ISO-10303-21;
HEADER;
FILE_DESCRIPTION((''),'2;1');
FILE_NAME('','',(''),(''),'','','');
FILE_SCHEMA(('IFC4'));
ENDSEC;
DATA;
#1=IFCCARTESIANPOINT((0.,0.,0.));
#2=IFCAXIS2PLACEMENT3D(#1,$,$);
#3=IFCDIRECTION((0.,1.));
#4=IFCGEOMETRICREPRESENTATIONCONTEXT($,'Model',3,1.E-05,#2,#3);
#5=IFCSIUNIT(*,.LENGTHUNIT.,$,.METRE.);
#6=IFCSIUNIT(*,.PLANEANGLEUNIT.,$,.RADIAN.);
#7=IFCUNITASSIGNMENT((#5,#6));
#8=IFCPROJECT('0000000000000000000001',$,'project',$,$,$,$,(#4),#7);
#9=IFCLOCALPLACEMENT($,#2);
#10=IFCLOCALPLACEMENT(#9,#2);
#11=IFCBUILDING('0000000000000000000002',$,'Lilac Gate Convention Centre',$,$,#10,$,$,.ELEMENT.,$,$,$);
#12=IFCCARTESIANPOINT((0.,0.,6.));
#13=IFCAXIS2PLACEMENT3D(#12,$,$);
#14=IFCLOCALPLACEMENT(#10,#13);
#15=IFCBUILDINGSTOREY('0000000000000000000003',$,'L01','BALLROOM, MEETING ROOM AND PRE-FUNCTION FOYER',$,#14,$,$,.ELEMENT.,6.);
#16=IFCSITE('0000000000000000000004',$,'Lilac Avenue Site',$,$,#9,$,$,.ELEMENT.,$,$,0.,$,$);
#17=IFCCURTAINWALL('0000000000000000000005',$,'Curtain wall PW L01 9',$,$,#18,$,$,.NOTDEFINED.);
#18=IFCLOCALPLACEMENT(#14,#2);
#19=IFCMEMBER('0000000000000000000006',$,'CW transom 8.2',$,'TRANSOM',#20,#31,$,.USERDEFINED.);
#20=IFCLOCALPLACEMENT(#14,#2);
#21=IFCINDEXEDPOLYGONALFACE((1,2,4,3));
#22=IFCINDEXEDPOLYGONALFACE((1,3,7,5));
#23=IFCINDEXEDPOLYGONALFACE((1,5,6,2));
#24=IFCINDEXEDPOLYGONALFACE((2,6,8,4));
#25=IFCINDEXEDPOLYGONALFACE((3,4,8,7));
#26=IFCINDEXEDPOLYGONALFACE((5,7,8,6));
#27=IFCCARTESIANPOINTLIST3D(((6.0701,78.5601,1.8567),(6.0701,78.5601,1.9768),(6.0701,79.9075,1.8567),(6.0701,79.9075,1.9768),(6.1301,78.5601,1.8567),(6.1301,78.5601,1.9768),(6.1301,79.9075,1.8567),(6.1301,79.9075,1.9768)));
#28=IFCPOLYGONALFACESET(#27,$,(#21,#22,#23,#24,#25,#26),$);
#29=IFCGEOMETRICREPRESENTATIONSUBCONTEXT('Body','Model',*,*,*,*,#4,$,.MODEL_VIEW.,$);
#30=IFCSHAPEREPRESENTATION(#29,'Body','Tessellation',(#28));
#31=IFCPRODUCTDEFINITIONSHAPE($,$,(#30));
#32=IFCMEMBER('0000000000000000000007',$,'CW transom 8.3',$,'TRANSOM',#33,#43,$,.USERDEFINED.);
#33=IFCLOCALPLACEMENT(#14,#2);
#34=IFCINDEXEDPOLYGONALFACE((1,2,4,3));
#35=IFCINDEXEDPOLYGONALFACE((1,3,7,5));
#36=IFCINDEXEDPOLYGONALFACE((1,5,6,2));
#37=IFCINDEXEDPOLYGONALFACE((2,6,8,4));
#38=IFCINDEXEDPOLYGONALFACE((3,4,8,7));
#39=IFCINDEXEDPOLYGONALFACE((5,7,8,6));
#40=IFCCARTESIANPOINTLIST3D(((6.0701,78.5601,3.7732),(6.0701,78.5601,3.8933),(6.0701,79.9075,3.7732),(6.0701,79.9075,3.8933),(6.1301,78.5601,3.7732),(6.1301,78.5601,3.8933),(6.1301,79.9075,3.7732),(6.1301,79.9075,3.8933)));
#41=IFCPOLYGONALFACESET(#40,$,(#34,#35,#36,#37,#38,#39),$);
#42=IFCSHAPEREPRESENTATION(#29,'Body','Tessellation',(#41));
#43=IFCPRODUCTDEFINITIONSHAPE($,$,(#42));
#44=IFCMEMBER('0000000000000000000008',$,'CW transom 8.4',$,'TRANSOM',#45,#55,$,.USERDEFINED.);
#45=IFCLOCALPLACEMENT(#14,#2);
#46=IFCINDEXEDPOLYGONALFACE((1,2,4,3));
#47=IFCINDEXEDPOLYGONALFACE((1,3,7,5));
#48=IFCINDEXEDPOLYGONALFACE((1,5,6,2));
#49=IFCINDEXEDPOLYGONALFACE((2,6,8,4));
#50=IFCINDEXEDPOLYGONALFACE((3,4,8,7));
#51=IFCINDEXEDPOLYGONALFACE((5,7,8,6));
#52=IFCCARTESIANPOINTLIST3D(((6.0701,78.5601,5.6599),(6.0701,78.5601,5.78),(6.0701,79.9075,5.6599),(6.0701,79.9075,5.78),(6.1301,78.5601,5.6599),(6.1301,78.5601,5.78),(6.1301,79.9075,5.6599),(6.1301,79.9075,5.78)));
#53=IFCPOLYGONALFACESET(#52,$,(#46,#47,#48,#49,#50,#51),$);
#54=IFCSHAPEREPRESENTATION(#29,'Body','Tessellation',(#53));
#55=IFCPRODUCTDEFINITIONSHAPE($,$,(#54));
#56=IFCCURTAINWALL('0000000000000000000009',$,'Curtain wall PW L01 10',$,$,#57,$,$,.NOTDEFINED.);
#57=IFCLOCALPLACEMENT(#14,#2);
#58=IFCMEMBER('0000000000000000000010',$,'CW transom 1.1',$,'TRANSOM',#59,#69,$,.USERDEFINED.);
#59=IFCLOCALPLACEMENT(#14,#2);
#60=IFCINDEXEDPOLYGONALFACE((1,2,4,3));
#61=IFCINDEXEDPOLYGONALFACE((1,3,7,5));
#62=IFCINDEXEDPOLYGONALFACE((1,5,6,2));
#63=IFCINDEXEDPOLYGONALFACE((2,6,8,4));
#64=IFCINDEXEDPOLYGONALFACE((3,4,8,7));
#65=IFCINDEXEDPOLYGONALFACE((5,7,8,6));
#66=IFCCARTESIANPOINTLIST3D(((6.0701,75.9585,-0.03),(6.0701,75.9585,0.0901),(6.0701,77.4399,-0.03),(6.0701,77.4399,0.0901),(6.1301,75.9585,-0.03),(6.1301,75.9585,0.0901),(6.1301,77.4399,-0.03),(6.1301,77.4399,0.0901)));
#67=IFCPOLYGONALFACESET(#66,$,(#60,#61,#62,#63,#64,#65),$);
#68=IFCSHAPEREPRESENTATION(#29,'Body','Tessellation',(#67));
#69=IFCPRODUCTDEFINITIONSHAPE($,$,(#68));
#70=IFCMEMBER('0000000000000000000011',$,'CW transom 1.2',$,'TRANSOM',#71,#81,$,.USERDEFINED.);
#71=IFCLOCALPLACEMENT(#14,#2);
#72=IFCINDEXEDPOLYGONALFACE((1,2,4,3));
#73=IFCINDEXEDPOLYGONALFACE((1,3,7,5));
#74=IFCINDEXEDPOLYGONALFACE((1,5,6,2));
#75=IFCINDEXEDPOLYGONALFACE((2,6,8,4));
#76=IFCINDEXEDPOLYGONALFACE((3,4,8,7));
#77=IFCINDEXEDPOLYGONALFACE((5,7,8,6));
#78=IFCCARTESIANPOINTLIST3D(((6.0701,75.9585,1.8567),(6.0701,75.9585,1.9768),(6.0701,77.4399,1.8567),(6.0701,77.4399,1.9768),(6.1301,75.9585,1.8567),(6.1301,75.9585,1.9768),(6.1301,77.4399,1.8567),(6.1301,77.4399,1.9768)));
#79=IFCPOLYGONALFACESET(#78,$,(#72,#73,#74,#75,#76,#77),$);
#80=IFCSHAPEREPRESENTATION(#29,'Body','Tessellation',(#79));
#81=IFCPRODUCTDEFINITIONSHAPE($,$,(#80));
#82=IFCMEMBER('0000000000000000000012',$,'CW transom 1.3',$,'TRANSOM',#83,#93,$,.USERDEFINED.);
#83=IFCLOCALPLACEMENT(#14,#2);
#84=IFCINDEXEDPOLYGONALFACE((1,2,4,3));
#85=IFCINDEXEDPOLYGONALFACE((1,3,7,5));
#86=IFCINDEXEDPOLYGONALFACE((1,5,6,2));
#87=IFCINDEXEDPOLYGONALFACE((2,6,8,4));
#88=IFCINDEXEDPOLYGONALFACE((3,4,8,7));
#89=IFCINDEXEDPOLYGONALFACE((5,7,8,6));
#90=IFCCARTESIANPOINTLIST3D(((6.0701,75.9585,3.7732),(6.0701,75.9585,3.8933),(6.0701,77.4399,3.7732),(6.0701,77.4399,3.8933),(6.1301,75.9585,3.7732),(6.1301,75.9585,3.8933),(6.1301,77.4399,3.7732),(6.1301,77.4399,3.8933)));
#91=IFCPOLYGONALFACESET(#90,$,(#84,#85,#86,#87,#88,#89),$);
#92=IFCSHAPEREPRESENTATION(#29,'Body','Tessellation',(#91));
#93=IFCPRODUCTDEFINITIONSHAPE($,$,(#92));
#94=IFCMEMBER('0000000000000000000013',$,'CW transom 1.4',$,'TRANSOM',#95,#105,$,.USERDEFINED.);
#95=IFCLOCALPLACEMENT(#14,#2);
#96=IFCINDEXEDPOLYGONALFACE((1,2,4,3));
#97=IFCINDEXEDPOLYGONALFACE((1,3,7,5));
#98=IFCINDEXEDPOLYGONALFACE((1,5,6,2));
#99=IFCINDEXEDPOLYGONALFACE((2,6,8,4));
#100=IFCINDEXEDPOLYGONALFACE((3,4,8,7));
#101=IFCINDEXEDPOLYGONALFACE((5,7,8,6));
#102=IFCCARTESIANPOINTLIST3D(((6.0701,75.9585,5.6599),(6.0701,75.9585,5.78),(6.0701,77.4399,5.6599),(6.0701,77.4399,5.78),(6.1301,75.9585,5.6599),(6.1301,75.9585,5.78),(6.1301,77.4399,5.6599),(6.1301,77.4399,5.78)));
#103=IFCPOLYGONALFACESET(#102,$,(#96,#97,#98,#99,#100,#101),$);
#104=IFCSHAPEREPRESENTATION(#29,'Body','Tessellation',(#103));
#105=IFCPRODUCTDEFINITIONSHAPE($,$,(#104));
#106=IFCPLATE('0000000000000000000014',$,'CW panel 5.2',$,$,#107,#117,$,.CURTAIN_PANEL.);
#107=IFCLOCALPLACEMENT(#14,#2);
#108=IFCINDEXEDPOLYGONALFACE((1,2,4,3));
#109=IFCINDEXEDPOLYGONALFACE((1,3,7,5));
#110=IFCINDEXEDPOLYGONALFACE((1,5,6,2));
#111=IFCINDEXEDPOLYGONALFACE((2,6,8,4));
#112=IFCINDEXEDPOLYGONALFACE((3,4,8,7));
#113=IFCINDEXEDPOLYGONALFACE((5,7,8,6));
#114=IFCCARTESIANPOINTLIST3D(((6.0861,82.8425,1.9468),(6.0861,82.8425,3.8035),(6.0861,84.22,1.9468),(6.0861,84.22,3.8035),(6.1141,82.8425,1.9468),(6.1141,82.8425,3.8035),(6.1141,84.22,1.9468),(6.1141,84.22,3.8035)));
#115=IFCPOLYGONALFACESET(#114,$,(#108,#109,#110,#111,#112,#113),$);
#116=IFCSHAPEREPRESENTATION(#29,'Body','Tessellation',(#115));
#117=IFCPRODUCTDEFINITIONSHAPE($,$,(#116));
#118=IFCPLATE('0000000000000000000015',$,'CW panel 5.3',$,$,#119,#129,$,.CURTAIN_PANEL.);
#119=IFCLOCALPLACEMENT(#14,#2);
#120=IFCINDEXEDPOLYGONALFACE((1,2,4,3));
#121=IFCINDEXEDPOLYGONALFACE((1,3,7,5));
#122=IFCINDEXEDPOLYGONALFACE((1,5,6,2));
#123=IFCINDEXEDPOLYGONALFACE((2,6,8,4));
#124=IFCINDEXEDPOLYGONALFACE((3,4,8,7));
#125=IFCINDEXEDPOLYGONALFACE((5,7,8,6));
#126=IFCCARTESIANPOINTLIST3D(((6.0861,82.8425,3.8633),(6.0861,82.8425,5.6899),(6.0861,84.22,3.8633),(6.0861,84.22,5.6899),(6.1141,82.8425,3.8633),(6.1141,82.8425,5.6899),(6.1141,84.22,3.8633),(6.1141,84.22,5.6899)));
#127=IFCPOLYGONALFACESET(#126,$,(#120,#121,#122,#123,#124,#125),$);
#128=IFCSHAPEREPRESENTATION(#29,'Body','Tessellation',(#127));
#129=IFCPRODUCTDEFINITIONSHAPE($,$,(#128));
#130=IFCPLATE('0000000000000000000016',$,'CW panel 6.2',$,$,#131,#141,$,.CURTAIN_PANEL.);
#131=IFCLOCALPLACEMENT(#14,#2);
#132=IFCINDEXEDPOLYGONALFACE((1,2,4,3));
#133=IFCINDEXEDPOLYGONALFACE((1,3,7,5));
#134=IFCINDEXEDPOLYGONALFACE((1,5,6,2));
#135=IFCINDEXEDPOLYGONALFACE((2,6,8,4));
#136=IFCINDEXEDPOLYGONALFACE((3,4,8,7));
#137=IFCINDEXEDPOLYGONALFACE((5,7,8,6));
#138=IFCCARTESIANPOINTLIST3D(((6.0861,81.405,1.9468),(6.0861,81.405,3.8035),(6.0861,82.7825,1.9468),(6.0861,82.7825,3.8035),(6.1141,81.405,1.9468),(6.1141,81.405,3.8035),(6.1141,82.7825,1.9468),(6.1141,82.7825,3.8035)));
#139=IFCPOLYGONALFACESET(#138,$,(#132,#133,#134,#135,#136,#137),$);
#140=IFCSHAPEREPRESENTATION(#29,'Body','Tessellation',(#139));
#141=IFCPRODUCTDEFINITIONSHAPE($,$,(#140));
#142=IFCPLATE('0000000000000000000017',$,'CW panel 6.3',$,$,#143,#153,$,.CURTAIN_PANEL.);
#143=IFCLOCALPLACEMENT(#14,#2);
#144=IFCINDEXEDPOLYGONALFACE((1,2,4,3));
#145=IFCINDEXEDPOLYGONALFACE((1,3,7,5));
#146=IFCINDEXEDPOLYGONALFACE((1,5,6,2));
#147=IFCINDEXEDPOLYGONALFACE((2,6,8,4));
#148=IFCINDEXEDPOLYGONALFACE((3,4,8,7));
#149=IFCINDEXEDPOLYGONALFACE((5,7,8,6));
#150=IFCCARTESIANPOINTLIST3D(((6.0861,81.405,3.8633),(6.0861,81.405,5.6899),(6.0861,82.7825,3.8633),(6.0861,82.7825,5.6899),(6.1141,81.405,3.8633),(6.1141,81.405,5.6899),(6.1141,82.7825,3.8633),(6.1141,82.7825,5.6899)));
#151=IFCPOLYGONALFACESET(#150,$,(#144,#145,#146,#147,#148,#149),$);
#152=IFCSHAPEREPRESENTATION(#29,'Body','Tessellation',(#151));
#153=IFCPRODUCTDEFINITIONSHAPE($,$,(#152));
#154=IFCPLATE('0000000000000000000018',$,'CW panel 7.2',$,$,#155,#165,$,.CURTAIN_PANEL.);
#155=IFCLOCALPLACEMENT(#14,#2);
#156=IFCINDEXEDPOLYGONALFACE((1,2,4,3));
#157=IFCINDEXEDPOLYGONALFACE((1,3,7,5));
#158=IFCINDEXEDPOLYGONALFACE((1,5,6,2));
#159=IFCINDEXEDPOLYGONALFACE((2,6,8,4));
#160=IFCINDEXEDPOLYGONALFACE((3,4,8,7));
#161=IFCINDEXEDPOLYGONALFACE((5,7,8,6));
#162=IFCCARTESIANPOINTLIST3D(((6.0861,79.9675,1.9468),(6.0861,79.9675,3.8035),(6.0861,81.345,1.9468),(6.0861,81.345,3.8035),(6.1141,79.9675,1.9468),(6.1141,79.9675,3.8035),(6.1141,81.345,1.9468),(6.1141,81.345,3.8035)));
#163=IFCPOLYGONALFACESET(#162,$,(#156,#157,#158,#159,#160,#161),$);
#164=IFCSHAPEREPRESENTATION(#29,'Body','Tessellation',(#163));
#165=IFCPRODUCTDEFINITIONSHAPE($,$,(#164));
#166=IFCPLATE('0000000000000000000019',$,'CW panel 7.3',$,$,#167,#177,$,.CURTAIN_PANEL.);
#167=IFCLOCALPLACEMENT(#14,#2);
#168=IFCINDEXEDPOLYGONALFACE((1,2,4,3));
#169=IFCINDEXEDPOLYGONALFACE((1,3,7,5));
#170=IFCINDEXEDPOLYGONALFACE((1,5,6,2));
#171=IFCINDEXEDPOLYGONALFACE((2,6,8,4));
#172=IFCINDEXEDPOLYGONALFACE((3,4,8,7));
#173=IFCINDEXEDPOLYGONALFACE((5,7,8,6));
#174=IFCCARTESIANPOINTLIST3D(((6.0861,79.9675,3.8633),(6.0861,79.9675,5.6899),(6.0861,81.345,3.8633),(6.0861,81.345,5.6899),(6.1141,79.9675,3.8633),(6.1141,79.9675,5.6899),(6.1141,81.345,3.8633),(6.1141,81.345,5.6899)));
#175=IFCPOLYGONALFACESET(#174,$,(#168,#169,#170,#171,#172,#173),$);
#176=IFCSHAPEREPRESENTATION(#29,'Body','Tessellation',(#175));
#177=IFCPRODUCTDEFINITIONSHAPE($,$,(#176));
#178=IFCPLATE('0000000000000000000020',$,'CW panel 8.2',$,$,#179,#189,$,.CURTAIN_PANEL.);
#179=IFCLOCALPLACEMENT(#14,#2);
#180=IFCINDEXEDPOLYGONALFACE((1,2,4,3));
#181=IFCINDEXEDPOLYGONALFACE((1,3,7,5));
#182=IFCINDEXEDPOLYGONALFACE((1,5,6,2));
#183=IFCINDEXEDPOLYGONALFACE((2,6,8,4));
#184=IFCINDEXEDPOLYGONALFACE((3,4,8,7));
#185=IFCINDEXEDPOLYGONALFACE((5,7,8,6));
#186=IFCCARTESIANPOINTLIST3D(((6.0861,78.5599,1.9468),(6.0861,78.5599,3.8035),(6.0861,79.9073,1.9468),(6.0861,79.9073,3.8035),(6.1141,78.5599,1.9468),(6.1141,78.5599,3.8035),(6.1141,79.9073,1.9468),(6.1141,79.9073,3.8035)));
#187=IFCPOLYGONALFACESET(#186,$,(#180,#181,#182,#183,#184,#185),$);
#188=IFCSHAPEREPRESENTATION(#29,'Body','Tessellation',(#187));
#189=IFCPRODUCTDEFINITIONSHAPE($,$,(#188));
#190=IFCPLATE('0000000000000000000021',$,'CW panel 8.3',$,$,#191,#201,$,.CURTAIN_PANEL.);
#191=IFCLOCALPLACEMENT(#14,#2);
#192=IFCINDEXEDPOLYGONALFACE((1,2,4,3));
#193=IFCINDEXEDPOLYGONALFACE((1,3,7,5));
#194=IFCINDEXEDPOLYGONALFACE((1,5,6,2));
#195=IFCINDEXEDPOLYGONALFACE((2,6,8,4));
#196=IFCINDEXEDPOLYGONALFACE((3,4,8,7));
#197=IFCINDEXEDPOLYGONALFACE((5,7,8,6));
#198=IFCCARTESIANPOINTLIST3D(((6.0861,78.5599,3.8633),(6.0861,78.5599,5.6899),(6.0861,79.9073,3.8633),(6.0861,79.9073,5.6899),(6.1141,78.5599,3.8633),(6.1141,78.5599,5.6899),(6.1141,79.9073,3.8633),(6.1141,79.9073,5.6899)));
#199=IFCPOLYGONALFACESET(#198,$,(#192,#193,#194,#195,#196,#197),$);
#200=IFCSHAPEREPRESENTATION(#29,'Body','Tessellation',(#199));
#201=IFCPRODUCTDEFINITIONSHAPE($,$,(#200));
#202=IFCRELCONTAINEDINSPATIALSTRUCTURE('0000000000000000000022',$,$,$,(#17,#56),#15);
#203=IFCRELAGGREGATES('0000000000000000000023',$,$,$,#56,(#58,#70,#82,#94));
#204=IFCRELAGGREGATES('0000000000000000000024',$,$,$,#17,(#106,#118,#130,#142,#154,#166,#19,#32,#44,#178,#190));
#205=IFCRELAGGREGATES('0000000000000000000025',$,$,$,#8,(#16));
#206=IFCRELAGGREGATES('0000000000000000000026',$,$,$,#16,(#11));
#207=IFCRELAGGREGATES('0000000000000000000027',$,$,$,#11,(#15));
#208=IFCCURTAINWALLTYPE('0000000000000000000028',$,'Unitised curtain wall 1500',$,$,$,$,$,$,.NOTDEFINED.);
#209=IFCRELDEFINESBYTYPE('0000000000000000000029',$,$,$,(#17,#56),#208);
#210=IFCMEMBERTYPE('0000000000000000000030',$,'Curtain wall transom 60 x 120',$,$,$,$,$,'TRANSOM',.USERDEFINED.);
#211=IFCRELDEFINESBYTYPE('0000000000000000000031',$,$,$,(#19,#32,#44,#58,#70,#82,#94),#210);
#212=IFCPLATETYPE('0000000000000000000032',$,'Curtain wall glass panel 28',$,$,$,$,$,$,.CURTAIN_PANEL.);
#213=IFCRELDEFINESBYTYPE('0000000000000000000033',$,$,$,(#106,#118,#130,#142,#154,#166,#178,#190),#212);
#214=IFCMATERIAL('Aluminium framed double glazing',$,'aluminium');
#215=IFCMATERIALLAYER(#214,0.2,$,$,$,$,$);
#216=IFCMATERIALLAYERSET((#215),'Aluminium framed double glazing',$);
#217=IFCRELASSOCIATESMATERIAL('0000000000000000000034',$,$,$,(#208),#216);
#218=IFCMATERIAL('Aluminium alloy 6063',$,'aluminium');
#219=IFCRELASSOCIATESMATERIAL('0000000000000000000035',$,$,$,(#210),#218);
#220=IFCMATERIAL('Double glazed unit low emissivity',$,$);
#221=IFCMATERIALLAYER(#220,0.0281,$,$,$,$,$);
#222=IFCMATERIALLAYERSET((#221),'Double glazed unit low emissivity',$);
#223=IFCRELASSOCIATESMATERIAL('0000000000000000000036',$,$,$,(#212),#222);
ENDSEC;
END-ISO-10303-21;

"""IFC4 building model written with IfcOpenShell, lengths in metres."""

from ifc_helpers import new_model, si_unit, direction, frame, origin, origin_2d, place, context, subcontext, project, spatial, rectangle, extrude, material, layer, layer_set, material_profile, profile_set, type_object, element, aggregate, save


model = new_model("IFC4")

# Units and contexts
model_context = context("Model", 3, precision=1e-05, world=origin(), true_north=direction((0.0, 1.0)))
body_context = subcontext(model_context, "Body", "Model", "MODEL_VIEW")
ifc_project = project(units=[si_unit("LENGTHUNIT", "METRE"), si_unit("PLANEANGLEUNIT", "RADIAN")], contexts=[model_context])

# Site, building, storey
site_placement = place(None, origin())
site = spatial("IfcSite", under=ifc_project, at=site_placement, Name="Lilac Avenue Site", CompositionType="ELEMENT", RefElevation=0.0)
building_placement = place(site_placement, origin())
building = spatial("IfcBuilding", under=site, at=building_placement, Name="Lilac Gate Convention Centre", CompositionType="ELEMENT")
storey_placement = place(building_placement, frame((0.0, 0.0, 6.0)))
storey = spatial("IfcBuildingStorey", under=building, at=storey_placement, Name="L01", Description="BALLROOM, MEETING ROOM AND PRE-FUNCTION FOYER", CompositionType="ELEMENT", Elevation=6.0)

# Curtain walls, members
ifc_material_1 = material(Name="Aluminium framed double glazing", Category="aluminium")
ifc_layer_1 = layer(ifc_material_1, 0.2)
ifc_layer_set_1 = layer_set([ifc_layer_1], Name="Aluminium framed double glazing")
curtain_wall_type = type_object("IfcCurtainWallType", Name="Unitised curtain wall 1500", PredefinedType="NOTDEFINED", material=ifc_layer_set_1)
curtain_wall_1_placement = place(storey_placement, origin())
curtain_wall_1 = element("IfcCurtainWall", 1, at=curtain_wall_1_placement, inside=storey, type_object=curtain_wall_type, Name="Curtain wall PW L01 9", PredefinedType="NOTDEFINED")
ifc_material_2 = material(Name="Aluminium alloy 6063", Category="aluminium")
ifc_material_profile_1 = material_profile(ifc_material_2, rectangle(XDim=0.0601, YDim=0.1201, at=origin_2d()), Name="Curtain wall transom 60 x 120")
ifc_profile_set_1 = profile_set([ifc_material_profile_1], Name="Aluminium alloy 6063")
member_type_1 = type_object("IfcMemberType", Name="Curtain wall transom 60 x 120", ElementType="TRANSOM", PredefinedType="USERDEFINED", material=ifc_profile_set_1)
member_1_placement = place(storey_placement, frame((6.1001, 79.9075, 1.9167), z_axis=(0.0, -1.0, 0.0), x_axis=(1.0, 0.0, 0.0)))
member_1 = element("IfcMember", 2, at=member_1_placement, type_object=member_type_1, Name="CW transom 8.2", ObjectType="TRANSOM", PredefinedType="USERDEFINED", context=body_context, shape_type="SweptSolid", body=[
    extrude(rectangle(XDim=0.0601, YDim=0.1201, at=origin_2d()), origin(), (0.0, 0.0, 1.0), 1.3474),
])
member_2_placement = place(storey_placement, frame((6.1001, 79.9075, 3.8333), z_axis=(0.0, -1.0, 0.0), x_axis=(1.0, 0.0, 0.0)))
member_2 = element("IfcMember", 3, at=member_2_placement, type_object=member_type_1, Name="CW transom 8.3", ObjectType="TRANSOM", PredefinedType="USERDEFINED", context=body_context, shape_type="SweptSolid", body=[
    extrude(rectangle(XDim=0.0601, YDim=0.1201, at=origin_2d()), origin(), (0.0, 0.0, 1.0), 1.3474),
])
member_3_placement = place(storey_placement, frame((6.1001, 79.9075, 5.72), z_axis=(0.0, -1.0, 0.0), x_axis=(1.0, 0.0, 0.0)))
member_3 = element("IfcMember", 4, at=member_3_placement, type_object=member_type_1, Name="CW transom 8.4", ObjectType="TRANSOM", PredefinedType="USERDEFINED", context=body_context, shape_type="SweptSolid", body=[
    extrude(rectangle(XDim=0.0601, YDim=0.1201, at=origin_2d()), origin(), (0.0, 0.0, 1.0), 1.3474),
])
curtain_wall_2_placement = place(storey_placement, origin())
curtain_wall_2 = element("IfcCurtainWall", 5, at=curtain_wall_2_placement, inside=storey, type_object=curtain_wall_type, Name="Curtain wall PW L01 10", PredefinedType="NOTDEFINED")
member_4_placement = place(storey_placement, frame((6.1001, 77.4399, 0.03), z_axis=(0.0, -1.0, 0.0), x_axis=(1.0, 0.0, 0.0)))
member_4 = element("IfcMember", 6, at=member_4_placement, type_object=member_type_1, Name="CW transom 1.1", ObjectType="TRANSOM", PredefinedType="USERDEFINED", context=body_context, shape_type="SweptSolid", body=[
    extrude(rectangle(XDim=0.0601, YDim=0.1201, at=origin_2d()), origin(), (0.0, 0.0, 1.0), 1.4814),
])
member_5_placement = place(storey_placement, frame((6.1001, 77.4399, 1.9167), z_axis=(0.0, -1.0, 0.0), x_axis=(1.0, 0.0, 0.0)))
member_5 = element("IfcMember", 7, at=member_5_placement, type_object=member_type_1, Name="CW transom 1.2", ObjectType="TRANSOM", PredefinedType="USERDEFINED", context=body_context, shape_type="SweptSolid", body=[
    extrude(rectangle(XDim=0.0601, YDim=0.1201, at=origin_2d()), origin(), (0.0, 0.0, 1.0), 1.4814),
])
member_6_placement = place(storey_placement, frame((6.1001, 77.4399, 3.8333), z_axis=(0.0, -1.0, 0.0), x_axis=(1.0, 0.0, 0.0)))
member_6 = element("IfcMember", 8, at=member_6_placement, type_object=member_type_1, Name="CW transom 1.3", ObjectType="TRANSOM", PredefinedType="USERDEFINED", context=body_context, shape_type="SweptSolid", body=[
    extrude(rectangle(XDim=0.0601, YDim=0.1201, at=origin_2d()), origin(), (0.0, 0.0, 1.0), 1.4814),
])
member_7_placement = place(storey_placement, frame((6.1001, 77.4399, 5.72), z_axis=(0.0, -1.0, 0.0), x_axis=(1.0, 0.0, 0.0)))
member_7 = element("IfcMember", 9, at=member_7_placement, type_object=member_type_1, Name="CW transom 1.4", ObjectType="TRANSOM", PredefinedType="USERDEFINED", context=body_context, shape_type="SweptSolid", body=[
    extrude(rectangle(XDim=0.0601, YDim=0.1201, at=origin_2d()), origin(), (0.0, 0.0, 1.0), 1.4814),
])
aggregate(curtain_wall_2, [member_4, member_5, member_6, member_7])

# Plates
ifc_material_3 = material(Name="Double glazed unit low emissivity")
ifc_layer_2 = layer(ifc_material_3, 0.0281)
ifc_layer_set_2 = layer_set([ifc_layer_2], Name="Double glazed unit low emissivity")
plate_type_1 = type_object("IfcPlateType", Name="Curtain wall glass panel 28", PredefinedType="CURTAIN_PANEL", material=ifc_layer_set_2)
plate_1_placement = place(storey_placement, frame((6.1001, 83.5312, 1.9468), z_axis=(0.0, 0.0, 1.0), x_axis=(0.0, -1.0, 0.0)))
plate_1 = element("IfcPlate", 10, at=plate_1_placement, type_object=plate_type_1, Name="CW panel 5.2", PredefinedType="CURTAIN_PANEL", context=body_context, shape_type="SweptSolid", body=[
    extrude(rectangle(XDim=1.3774, YDim=0.0281, at=origin_2d()), origin(), (0.0, 0.0, 1.0), 1.8567),
])
plate_2_placement = place(storey_placement, frame((6.1001, 83.5312, 3.8633), z_axis=(0.0, 0.0, 1.0), x_axis=(0.0, -1.0, 0.0)))
plate_2 = element("IfcPlate", 11, at=plate_2_placement, type_object=plate_type_1, Name="CW panel 5.3", PredefinedType="CURTAIN_PANEL", context=body_context, shape_type="SweptSolid", body=[
    extrude(rectangle(XDim=1.3774, YDim=0.0281, at=origin_2d()), origin(), (0.0, 0.0, 1.0), 1.8267),
])
plate_3_placement = place(storey_placement, frame((6.1001, 82.0938, 1.9468), z_axis=(0.0, 0.0, 1.0), x_axis=(0.0, -1.0, 0.0)))
plate_3 = element("IfcPlate", 12, at=plate_3_placement, type_object=plate_type_1, Name="CW panel 6.2", PredefinedType="CURTAIN_PANEL", context=body_context, shape_type="SweptSolid", body=[
    extrude(rectangle(XDim=1.3774, YDim=0.0281, at=origin_2d()), origin(), (0.0, 0.0, 1.0), 1.8567),
])
plate_4_placement = place(storey_placement, frame((6.1001, 82.0938, 3.8633), z_axis=(0.0, 0.0, 1.0), x_axis=(0.0, -1.0, 0.0)))
plate_4 = element("IfcPlate", 13, at=plate_4_placement, type_object=plate_type_1, Name="CW panel 6.3", PredefinedType="CURTAIN_PANEL", context=body_context, shape_type="SweptSolid", body=[
    extrude(rectangle(XDim=1.3774, YDim=0.0281, at=origin_2d()), origin(), (0.0, 0.0, 1.0), 1.8267),
])
plate_5_placement = place(storey_placement, frame((6.1001, 80.6562, 1.9468), z_axis=(0.0, 0.0, 1.0), x_axis=(0.0, -1.0, 0.0)))
plate_5 = element("IfcPlate", 14, at=plate_5_placement, type_object=plate_type_1, Name="CW panel 7.2", PredefinedType="CURTAIN_PANEL", context=body_context, shape_type="SweptSolid", body=[
    extrude(rectangle(XDim=1.3774, YDim=0.0281, at=origin_2d()), origin(), (0.0, 0.0, 1.0), 1.8567),
])
plate_6_placement = place(storey_placement, frame((6.1001, 80.6562, 3.8633), z_axis=(0.0, 0.0, 1.0), x_axis=(0.0, -1.0, 0.0)))
plate_6 = element("IfcPlate", 15, at=plate_6_placement, type_object=plate_type_1, Name="CW panel 7.3", PredefinedType="CURTAIN_PANEL", context=body_context, shape_type="SweptSolid", body=[
    extrude(rectangle(XDim=1.3774, YDim=0.0281, at=origin_2d()), origin(), (0.0, 0.0, 1.0), 1.8267),
])
plate_7_placement = place(storey_placement, frame((6.1001, 79.2336, 1.9468), z_axis=(0.0, 0.0, 1.0), x_axis=(0.0, -1.0, 0.0)))
plate_7 = element("IfcPlate", 16, at=plate_7_placement, type_object=plate_type_1, Name="CW panel 8.2", PredefinedType="CURTAIN_PANEL", context=body_context, shape_type="SweptSolid", body=[
    extrude(rectangle(XDim=1.3474, YDim=0.0281, at=origin_2d()), origin(), (0.0, 0.0, 1.0), 1.8567),
])
plate_8_placement = place(storey_placement, frame((6.1001, 79.2336, 3.8633), z_axis=(0.0, 0.0, 1.0), x_axis=(0.0, -1.0, 0.0)))
plate_8 = element("IfcPlate", 17, at=plate_8_placement, type_object=plate_type_1, Name="CW panel 8.3", PredefinedType="CURTAIN_PANEL", context=body_context, shape_type="SweptSolid", body=[
    extrude(rectangle(XDim=1.3474, YDim=0.0281, at=origin_2d()), origin(), (0.0, 0.0, 1.0), 1.8267),
])
aggregate(curtain_wall_1, [plate_1, plate_2, plate_3, plate_4, plate_5, plate_6, member_1, member_2, member_3, plate_7, plate_8])

save(model, "model.ifc")
